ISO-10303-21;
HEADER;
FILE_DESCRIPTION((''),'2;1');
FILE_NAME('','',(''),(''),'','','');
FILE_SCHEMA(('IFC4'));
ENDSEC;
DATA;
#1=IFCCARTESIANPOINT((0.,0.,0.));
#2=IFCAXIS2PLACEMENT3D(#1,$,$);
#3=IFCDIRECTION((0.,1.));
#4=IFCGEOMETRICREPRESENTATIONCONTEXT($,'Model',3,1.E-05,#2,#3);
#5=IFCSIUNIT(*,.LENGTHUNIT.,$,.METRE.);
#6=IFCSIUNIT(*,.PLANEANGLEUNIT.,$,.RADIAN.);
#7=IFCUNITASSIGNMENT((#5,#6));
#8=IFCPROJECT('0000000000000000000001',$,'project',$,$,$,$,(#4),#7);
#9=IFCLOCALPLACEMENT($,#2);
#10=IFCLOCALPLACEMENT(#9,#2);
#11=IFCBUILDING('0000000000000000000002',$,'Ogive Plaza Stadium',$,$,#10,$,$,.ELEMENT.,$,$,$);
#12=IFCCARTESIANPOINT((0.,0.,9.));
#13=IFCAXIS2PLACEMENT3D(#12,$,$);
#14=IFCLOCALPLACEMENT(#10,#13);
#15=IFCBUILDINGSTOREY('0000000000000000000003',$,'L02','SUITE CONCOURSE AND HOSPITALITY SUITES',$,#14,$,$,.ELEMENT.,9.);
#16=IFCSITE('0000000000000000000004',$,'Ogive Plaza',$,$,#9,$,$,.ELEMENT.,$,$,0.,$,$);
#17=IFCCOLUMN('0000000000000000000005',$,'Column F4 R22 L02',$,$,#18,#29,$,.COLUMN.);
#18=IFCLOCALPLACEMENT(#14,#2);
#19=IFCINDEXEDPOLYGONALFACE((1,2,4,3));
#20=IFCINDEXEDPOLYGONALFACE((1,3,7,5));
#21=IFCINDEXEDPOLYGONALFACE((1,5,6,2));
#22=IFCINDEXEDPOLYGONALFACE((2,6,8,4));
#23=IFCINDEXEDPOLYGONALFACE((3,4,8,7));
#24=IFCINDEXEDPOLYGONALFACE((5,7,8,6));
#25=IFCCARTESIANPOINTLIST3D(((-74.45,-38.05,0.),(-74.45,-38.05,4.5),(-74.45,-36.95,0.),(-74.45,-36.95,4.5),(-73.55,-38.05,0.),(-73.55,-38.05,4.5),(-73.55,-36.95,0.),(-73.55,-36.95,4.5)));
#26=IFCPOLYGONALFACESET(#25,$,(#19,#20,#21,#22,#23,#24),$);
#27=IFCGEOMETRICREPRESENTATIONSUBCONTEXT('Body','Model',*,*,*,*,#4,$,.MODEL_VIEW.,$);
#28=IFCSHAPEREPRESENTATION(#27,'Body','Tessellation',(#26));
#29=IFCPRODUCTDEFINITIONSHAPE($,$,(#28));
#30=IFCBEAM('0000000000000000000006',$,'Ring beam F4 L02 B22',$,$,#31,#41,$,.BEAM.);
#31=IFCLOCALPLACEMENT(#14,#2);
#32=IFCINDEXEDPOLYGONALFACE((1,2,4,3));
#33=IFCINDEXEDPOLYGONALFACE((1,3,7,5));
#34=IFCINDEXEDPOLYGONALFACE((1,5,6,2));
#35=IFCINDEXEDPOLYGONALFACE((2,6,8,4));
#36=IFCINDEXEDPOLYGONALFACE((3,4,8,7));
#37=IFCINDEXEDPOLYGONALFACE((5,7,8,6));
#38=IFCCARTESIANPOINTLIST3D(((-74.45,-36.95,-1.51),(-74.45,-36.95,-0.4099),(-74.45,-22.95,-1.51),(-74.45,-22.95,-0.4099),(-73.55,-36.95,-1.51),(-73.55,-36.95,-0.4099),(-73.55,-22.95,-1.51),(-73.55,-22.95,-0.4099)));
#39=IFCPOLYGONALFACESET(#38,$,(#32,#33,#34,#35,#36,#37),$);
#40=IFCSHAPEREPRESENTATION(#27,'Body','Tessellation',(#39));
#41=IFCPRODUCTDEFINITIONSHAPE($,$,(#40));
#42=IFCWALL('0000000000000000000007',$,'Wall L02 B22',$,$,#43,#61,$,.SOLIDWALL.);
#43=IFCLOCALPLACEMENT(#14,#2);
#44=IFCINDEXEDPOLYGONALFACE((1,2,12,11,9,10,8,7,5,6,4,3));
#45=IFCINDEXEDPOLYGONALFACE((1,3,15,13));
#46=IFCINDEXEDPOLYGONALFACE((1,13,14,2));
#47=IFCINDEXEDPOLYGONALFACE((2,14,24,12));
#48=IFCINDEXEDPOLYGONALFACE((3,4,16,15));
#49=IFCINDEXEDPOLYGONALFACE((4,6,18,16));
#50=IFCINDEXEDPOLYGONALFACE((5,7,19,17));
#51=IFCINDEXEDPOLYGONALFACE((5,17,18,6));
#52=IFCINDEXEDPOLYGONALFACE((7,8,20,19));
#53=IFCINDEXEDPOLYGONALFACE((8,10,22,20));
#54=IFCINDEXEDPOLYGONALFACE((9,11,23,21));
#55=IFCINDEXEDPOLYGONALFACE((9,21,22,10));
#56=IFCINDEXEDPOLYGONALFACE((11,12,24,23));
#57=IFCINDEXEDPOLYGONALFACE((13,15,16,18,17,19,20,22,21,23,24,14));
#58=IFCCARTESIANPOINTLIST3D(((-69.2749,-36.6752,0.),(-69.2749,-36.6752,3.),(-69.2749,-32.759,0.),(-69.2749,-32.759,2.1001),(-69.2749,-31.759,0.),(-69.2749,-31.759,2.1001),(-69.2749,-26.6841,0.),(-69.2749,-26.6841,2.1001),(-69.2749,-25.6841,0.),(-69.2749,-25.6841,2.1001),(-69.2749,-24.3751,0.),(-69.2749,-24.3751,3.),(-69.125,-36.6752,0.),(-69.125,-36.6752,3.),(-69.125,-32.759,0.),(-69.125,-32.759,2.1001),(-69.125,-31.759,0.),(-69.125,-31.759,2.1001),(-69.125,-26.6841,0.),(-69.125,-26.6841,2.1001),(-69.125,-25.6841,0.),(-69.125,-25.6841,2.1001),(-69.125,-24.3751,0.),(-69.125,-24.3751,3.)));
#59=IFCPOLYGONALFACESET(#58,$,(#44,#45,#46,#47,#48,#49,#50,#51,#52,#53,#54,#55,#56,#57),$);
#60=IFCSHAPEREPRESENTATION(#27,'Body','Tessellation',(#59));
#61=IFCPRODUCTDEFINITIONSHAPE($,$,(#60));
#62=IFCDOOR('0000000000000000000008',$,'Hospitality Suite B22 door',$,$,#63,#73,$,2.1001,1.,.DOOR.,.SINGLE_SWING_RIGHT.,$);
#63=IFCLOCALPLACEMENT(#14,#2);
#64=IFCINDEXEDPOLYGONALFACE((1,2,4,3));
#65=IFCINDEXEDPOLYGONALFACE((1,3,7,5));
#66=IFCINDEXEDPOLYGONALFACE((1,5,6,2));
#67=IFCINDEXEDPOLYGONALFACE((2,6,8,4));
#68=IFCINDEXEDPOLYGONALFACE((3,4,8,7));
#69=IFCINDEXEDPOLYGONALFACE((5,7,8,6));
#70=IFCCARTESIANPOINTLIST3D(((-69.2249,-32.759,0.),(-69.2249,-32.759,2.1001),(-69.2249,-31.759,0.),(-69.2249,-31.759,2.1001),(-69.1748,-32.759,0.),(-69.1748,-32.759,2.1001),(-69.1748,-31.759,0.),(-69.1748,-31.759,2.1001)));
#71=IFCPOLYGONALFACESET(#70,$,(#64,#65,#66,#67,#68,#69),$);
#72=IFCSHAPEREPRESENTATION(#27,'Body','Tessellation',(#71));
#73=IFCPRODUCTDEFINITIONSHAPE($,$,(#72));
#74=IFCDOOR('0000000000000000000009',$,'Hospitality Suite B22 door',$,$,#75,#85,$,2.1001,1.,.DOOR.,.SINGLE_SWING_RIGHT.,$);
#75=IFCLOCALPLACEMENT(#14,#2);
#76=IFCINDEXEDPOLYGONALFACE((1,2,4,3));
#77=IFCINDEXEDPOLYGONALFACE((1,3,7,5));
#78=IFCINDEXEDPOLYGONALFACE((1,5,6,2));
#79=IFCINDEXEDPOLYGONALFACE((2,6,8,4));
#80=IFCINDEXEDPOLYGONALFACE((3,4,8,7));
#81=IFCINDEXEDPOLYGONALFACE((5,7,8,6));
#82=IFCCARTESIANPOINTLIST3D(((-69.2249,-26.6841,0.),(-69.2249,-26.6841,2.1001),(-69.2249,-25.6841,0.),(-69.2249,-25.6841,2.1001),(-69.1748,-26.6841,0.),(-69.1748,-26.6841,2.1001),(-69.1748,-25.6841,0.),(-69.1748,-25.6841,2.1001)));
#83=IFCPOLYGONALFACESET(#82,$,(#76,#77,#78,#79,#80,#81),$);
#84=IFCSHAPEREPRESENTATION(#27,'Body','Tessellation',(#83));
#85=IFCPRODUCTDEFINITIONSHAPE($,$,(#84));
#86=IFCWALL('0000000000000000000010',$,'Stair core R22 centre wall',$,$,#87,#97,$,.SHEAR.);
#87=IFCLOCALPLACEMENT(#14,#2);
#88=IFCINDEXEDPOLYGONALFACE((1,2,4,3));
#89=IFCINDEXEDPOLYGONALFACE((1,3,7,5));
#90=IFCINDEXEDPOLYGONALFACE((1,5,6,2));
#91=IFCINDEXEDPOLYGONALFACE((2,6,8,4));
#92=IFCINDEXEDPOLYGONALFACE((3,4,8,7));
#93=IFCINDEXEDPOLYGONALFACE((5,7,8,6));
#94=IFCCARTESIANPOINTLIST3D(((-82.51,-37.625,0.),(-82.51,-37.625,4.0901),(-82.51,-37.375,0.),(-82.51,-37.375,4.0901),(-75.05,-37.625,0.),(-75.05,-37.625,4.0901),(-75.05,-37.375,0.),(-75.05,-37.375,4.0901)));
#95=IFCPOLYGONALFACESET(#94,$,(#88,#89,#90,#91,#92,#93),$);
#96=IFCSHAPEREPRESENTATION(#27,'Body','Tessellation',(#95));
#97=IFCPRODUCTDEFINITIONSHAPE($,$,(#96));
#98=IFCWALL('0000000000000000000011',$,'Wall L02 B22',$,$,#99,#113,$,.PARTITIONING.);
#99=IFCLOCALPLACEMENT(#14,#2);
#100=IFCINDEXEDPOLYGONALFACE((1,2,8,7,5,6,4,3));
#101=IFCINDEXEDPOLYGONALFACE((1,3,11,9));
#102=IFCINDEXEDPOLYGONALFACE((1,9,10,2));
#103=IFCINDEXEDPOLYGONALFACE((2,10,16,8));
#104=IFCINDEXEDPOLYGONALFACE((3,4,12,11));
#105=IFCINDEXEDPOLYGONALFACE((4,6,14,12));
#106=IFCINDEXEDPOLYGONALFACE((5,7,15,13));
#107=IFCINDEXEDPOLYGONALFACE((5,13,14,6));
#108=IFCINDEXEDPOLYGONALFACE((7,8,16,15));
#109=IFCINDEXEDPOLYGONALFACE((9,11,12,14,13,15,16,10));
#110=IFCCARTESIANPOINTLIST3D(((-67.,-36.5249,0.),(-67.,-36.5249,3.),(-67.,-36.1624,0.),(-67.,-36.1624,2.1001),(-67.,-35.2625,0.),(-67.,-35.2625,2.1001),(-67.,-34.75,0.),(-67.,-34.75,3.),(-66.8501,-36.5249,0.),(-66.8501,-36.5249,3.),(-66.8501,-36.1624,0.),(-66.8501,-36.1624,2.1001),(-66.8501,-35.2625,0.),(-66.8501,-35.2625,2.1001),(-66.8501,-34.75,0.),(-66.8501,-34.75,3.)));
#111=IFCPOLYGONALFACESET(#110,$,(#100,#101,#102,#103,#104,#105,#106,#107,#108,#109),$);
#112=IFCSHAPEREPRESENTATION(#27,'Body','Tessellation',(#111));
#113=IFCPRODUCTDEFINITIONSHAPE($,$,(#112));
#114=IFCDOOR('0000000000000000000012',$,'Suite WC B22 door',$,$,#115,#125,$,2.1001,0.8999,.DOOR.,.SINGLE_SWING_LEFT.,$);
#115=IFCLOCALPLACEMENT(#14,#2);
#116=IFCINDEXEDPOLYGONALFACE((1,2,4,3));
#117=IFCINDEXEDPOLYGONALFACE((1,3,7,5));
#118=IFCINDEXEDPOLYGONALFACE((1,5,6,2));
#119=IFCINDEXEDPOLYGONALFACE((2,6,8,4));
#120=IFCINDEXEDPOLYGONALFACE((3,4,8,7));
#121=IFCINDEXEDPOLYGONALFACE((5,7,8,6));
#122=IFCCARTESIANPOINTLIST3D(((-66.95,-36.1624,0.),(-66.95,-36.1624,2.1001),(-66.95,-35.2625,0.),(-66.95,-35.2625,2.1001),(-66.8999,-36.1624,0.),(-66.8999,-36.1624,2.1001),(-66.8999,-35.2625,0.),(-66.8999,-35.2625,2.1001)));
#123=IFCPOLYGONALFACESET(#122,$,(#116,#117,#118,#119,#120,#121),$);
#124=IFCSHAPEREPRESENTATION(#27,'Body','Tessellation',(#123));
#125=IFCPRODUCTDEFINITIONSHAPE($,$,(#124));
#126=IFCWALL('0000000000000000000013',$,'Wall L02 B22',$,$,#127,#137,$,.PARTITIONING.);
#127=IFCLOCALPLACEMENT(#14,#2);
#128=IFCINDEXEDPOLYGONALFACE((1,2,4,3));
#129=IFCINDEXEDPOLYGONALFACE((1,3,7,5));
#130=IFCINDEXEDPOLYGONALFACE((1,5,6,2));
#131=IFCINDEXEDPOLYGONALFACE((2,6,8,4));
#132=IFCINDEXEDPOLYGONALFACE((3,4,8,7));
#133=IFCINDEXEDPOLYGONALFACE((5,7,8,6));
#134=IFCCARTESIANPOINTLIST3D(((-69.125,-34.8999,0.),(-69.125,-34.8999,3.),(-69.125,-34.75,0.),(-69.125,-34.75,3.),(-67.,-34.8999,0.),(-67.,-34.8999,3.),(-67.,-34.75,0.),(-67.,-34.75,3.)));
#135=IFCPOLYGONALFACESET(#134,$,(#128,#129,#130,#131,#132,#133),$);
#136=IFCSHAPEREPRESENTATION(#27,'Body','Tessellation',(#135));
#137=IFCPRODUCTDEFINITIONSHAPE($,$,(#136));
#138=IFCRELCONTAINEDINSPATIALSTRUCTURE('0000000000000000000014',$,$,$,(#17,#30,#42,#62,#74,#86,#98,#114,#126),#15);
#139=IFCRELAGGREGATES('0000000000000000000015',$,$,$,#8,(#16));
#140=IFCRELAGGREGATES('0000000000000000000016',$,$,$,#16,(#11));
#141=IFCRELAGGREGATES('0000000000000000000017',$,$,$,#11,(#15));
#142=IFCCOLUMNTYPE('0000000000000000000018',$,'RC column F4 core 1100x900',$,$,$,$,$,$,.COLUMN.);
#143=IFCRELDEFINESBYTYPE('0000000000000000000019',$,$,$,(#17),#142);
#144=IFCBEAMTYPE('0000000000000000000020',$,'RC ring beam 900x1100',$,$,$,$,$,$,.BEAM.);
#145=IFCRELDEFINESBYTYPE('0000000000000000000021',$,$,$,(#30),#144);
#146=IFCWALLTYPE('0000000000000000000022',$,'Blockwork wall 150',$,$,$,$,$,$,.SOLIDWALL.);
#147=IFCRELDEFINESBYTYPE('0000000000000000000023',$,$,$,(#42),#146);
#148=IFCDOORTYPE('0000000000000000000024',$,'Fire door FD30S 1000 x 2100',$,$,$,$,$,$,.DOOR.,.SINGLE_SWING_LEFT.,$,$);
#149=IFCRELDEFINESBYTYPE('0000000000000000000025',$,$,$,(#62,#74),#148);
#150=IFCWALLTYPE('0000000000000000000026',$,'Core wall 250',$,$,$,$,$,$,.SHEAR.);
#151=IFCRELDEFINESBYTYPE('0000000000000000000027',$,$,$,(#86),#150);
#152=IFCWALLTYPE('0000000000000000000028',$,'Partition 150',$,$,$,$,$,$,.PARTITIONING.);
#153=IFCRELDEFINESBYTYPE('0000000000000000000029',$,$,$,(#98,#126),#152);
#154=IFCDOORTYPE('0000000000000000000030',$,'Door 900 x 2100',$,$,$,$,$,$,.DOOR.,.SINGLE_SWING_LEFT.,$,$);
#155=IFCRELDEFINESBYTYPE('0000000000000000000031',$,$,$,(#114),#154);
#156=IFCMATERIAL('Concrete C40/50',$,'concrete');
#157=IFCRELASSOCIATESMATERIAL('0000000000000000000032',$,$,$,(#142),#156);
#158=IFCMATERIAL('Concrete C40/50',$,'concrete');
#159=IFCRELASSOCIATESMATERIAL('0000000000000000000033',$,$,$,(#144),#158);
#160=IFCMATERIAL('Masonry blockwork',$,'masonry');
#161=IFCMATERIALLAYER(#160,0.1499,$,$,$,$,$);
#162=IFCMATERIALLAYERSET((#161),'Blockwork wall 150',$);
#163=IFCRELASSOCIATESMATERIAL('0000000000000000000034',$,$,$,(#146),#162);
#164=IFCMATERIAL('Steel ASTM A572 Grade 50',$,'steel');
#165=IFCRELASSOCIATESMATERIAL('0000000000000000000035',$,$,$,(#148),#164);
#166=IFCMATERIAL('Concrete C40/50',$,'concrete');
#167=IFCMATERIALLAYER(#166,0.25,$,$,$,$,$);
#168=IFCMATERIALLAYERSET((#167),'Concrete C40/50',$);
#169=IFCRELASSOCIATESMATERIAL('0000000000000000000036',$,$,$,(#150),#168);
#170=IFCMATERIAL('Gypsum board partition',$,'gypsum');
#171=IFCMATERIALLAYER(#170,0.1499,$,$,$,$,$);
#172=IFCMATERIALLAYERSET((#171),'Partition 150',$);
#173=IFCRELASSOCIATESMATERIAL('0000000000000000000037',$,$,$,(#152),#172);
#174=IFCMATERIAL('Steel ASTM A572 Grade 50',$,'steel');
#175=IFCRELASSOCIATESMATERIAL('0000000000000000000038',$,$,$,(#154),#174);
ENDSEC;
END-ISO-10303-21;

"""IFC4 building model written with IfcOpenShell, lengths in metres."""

from ifc_helpers import new_model, si_unit, direction, frame, frame_2d, origin, origin_2d, place, context, subcontext, project, spatial, rectangle, extrude, material, layer, layer_set, material_profile, profile_set, type_object, element, fill, save


model = new_model("IFC4")

# Units and contexts
model_context = context("Model", 3, precision=1e-05, world=origin(), true_north=direction((0.0, 1.0)))
body_context = subcontext(model_context, "Body", "Model", "MODEL_VIEW")
ifc_project = project(units=[si_unit("LENGTHUNIT", "METRE"), si_unit("PLANEANGLEUNIT", "RADIAN")], contexts=[model_context])

# Site, building, storey
site_placement = place(None, origin())
site = spatial("IfcSite", under=ifc_project, at=site_placement, Name="Ogive Plaza", CompositionType="ELEMENT", RefElevation=0.0)
building_placement = place(site_placement, origin())
building = spatial("IfcBuilding", under=site, at=building_placement, Name="Ogive Plaza Stadium", CompositionType="ELEMENT")
storey_placement = place(building_placement, frame((0.0, 0.0, 9.0)))
storey = spatial("IfcBuildingStorey", under=building, at=storey_placement, Name="L02", Description="SUITE CONCOURSE AND HOSPITALITY SUITES", CompositionType="ELEMENT", Elevation=9.0)

# Column
ifc_material_1 = material(Name="Concrete C40/50", Category="concrete")
ifc_material_profile_1 = material_profile(ifc_material_1, rectangle(XDim=1.1001, YDim=0.8999, at=origin_2d()), Name="RC 1100x900")
ifc_profile_set_1 = profile_set([ifc_material_profile_1], Name="Concrete C40/50")
column_type = type_object("IfcColumnType", Name="RC column F4 core 1100x900", PredefinedType="COLUMN", material=ifc_profile_set_1)
column_placement = place(storey_placement, frame((-74.0, -37.5, 0.0), z_axis=(0.0, 0.0, 1.0), x_axis=(0.0, -1.0, 0.0)))
element("IfcColumn", 1, at=column_placement, inside=storey, type_object=column_type, Name="Column F4 R22 L02", PredefinedType="COLUMN", context=body_context, shape_type="SweptSolid", body=[
    extrude(rectangle(XDim=1.1001, YDim=0.8999, at=origin_2d()), origin(), (0.0, 0.0, 1.0), 4.5),
])

# Beam
ifc_material_2 = material(Name="Concrete C40/50", Category="concrete")
ifc_material_profile_2 = material_profile(ifc_material_2, rectangle(XDim=0.8999, YDim=1.1001, at=origin_2d()), Name="RC 900x1100")
ifc_profile_set_2 = profile_set([ifc_material_profile_2], Name="Concrete C40/50")
beam_type = type_object("IfcBeamType", Name="RC ring beam 900x1100", PredefinedType="BEAM", material=ifc_profile_set_2)
beam_placement = place(storey_placement, frame((-74.0, -36.95, -0.96), z_axis=(0.0, 1.0, 0.0), x_axis=(-1.0, 0.0, 0.0)))
element("IfcBeam", 2, at=beam_placement, inside=storey, type_object=beam_type, Name="Ring beam F4 L02 B22", PredefinedType="BEAM", context=body_context, shape_type="SweptSolid", body=[
    extrude(rectangle(XDim=0.8999, YDim=1.1001, at=origin_2d()), origin(), (0.0, 0.0, 1.0), 14.0),
])

# Wall, openings, doors
ifc_material_3 = material(Name="Masonry blockwork", Category="masonry")
ifc_layer_1 = layer(ifc_material_3, 0.1499)
ifc_layer_set_1 = layer_set([ifc_layer_1], Name="Blockwork wall 150")
wall_type_1 = type_object("IfcWallType", Name="Blockwork wall 150", PredefinedType="SOLIDWALL", material=ifc_layer_set_1)
wall_1_placement = place(storey_placement, frame((-69.2, -36.675, 0.0), z_axis=(0.0, 0.0, 1.0), x_axis=(0.0, 1.0, 0.0)))
wall_1 = element("IfcWall", 3, at=wall_1_placement, inside=storey, type_object=wall_type_1, Name="Wall L02 B22", PredefinedType="SOLIDWALL", context=body_context, shape_type="SweptSolid", body=[
    extrude(rectangle(XDim=12.3, YDim=0.1499, at=frame_2d((6.1499, 0.0))), origin(), (0.0, 0.0, 1.0), 3.0),
])
opening_1_placement = place(wall_1_placement, frame((3.916, 0.0, 0.0)))
opening_1 = element("IfcOpeningElement", 4, at=opening_1_placement, cuts=wall_1, PredefinedType="OPENING", context=body_context, shape_type="SweptSolid", body=[
    extrude(rectangle(XDim=1.0, YDim=2.1001, at=frame_2d((0.5, 1.05))), frame((0.0, 0.075, 0.0), z_axis=(0.0, -1.0, 0.0), x_axis=(1.0, 0.0, 0.0)), (0.0, 0.0, 1.0), 0.1499),
])
opening_2_placement = place(wall_1_placement, frame((9.991, 0.0, 0.0)))
opening_2 = element("IfcOpeningElement", 5, at=opening_2_placement, cuts=wall_1, PredefinedType="OPENING", context=body_context, shape_type="SweptSolid", body=[
    extrude(rectangle(XDim=1.0, YDim=2.1001, at=frame_2d((0.5, 1.05))), frame((0.0, 0.075, 0.0), z_axis=(0.0, -1.0, 0.0), x_axis=(1.0, 0.0, 0.0)), (0.0, 0.0, 1.0), 0.1499),
])
ifc_material_4 = material(Name="Steel ASTM A572 Grade 50", Category="steel")
door_type_1 = type_object("IfcDoorType", Name="Fire door FD30S 1000 x 2100", OperationType="SINGLE_SWING_LEFT", PredefinedType="DOOR", material=ifc_material_4)
door_1_placement = place(opening_1_placement, origin())
door_1 = element("IfcDoor", 6, at=door_1_placement, inside=storey, type_object=door_type_1, Name="Hospitality Suite B22 door", OperationType="SINGLE_SWING_RIGHT", OverallHeight=2.1001, OverallWidth=1.0, PredefinedType="DOOR", context=body_context, shape_type="SweptSolid", body=[
    extrude(rectangle(XDim=1.0, YDim=2.1001, at=frame_2d((0.5, 1.05))), frame((0.0, 0.0249, 0.0), z_axis=(0.0, -1.0, 0.0), x_axis=(1.0, 0.0, 0.0)), (0.0, 0.0, 1.0), 0.05),
])
fill(opening_1, door_1)
door_2_placement = place(opening_2_placement, origin())
door_2 = element("IfcDoor", 7, at=door_2_placement, inside=storey, type_object=door_type_1, Name="Hospitality Suite B22 door", OperationType="SINGLE_SWING_RIGHT", OverallHeight=2.1001, OverallWidth=1.0, PredefinedType="DOOR", context=body_context, shape_type="SweptSolid", body=[
    extrude(rectangle(XDim=1.0, YDim=2.1001, at=frame_2d((0.5, 1.05))), frame((0.0, 0.0249, 0.0), z_axis=(0.0, -1.0, 0.0), x_axis=(1.0, 0.0, 0.0)), (0.0, 0.0, 1.0), 0.05),
])
fill(opening_2, door_2)

# Wall
ifc_material_5 = material(Name="Concrete C40/50", Category="concrete")
ifc_layer_2 = layer(ifc_material_5, 0.25)
ifc_layer_set_2 = layer_set([ifc_layer_2], Name="Concrete C40/50")
wall_type_2 = type_object("IfcWallType", Name="Core wall 250", PredefinedType="SHEAR", material=ifc_layer_set_2)
wall_2_placement = place(storey_placement, frame((-75.05, -37.5, 0.0), z_axis=(0.0, 0.0, 1.0), x_axis=(-1.0, 0.0, 0.0)))
element("IfcWall", 8, at=wall_2_placement, inside=storey, type_object=wall_type_2, Name="Stair core R22 centre wall", PredefinedType="SHEAR", context=body_context, shape_type="SweptSolid", body=[
    extrude(rectangle(XDim=7.46, YDim=0.25, at=frame_2d((3.73, 0.0))), origin(), (0.0, 0.0, 1.0), 4.0901),
])

# Wall, opening, door
ifc_material_6 = material(Name="Gypsum board partition", Category="gypsum")
ifc_layer_3 = layer(ifc_material_6, 0.1499)
ifc_layer_set_3 = layer_set([ifc_layer_3], Name="Partition 150")
wall_type_3 = type_object("IfcWallType", Name="Partition 150", PredefinedType="PARTITIONING", material=ifc_layer_set_3)
wall_3_placement = place(storey_placement, frame((-66.925, -36.5249, 0.0), z_axis=(0.0, 0.0, 1.0), x_axis=(0.0, 1.0, 0.0)))
wall_3 = element("IfcWall", 9, at=wall_3_placement, inside=storey, type_object=wall_type_3, Name="Wall L02 B22", PredefinedType="PARTITIONING", context=body_context, shape_type="SweptSolid", body=[
    extrude(rectangle(XDim=1.7749, YDim=0.1499, at=frame_2d((0.8875, 0.0))), origin(), (0.0, 0.0, 1.0), 3.0),
])
opening_3_placement = place(wall_3_placement, frame((0.3625, 0.0, 0.0)))
opening_3 = element("IfcOpeningElement", 10, at=opening_3_placement, cuts=wall_3, PredefinedType="OPENING", context=body_context, shape_type="SweptSolid", body=[
    extrude(rectangle(XDim=0.8999, YDim=2.1001, at=frame_2d((0.45, 1.05))), frame((0.0, 0.075, 0.0), z_axis=(0.0, -1.0, 0.0), x_axis=(1.0, 0.0, 0.0)), (0.0, 0.0, 1.0), 0.1499),
])
ifc_material_7 = material(Name="Steel ASTM A572 Grade 50", Category="steel")
door_type_2 = type_object("IfcDoorType", Name="Door 900 x 2100", OperationType="SINGLE_SWING_LEFT", PredefinedType="DOOR", material=ifc_material_7)
door_3_placement = place(opening_3_placement, origin())
door_3 = element("IfcDoor", 11, at=door_3_placement, inside=storey, type_object=door_type_2, Name="Suite WC B22 door", OperationType="SINGLE_SWING_LEFT", OverallHeight=2.1001, OverallWidth=0.8999, PredefinedType="DOOR", context=body_context, shape_type="SweptSolid", body=[
    extrude(rectangle(XDim=0.8999, YDim=2.1001, at=frame_2d((0.45, 1.05))), frame((0.0, 0.0249, 0.0), z_axis=(0.0, -1.0, 0.0), x_axis=(1.0, 0.0, 0.0)), (0.0, 0.0, 1.0), 0.05),
])
fill(opening_3, door_3)

# Wall
wall_4_placement = place(storey_placement, frame((-67.0, -34.825, 0.0), z_axis=(0.0, 0.0, 1.0), x_axis=(-1.0, 0.0, 0.0)))
element("IfcWall", 12, at=wall_4_placement, inside=storey, type_object=wall_type_3, Name="Wall L02 B22", PredefinedType="PARTITIONING", context=body_context, shape_type="SweptSolid", body=[
    extrude(rectangle(XDim=2.125, YDim=0.1499, at=frame_2d((1.0625, 0.0))), origin(), (0.0, 0.0, 1.0), 3.0),
])

save(model, "model.ifc")
